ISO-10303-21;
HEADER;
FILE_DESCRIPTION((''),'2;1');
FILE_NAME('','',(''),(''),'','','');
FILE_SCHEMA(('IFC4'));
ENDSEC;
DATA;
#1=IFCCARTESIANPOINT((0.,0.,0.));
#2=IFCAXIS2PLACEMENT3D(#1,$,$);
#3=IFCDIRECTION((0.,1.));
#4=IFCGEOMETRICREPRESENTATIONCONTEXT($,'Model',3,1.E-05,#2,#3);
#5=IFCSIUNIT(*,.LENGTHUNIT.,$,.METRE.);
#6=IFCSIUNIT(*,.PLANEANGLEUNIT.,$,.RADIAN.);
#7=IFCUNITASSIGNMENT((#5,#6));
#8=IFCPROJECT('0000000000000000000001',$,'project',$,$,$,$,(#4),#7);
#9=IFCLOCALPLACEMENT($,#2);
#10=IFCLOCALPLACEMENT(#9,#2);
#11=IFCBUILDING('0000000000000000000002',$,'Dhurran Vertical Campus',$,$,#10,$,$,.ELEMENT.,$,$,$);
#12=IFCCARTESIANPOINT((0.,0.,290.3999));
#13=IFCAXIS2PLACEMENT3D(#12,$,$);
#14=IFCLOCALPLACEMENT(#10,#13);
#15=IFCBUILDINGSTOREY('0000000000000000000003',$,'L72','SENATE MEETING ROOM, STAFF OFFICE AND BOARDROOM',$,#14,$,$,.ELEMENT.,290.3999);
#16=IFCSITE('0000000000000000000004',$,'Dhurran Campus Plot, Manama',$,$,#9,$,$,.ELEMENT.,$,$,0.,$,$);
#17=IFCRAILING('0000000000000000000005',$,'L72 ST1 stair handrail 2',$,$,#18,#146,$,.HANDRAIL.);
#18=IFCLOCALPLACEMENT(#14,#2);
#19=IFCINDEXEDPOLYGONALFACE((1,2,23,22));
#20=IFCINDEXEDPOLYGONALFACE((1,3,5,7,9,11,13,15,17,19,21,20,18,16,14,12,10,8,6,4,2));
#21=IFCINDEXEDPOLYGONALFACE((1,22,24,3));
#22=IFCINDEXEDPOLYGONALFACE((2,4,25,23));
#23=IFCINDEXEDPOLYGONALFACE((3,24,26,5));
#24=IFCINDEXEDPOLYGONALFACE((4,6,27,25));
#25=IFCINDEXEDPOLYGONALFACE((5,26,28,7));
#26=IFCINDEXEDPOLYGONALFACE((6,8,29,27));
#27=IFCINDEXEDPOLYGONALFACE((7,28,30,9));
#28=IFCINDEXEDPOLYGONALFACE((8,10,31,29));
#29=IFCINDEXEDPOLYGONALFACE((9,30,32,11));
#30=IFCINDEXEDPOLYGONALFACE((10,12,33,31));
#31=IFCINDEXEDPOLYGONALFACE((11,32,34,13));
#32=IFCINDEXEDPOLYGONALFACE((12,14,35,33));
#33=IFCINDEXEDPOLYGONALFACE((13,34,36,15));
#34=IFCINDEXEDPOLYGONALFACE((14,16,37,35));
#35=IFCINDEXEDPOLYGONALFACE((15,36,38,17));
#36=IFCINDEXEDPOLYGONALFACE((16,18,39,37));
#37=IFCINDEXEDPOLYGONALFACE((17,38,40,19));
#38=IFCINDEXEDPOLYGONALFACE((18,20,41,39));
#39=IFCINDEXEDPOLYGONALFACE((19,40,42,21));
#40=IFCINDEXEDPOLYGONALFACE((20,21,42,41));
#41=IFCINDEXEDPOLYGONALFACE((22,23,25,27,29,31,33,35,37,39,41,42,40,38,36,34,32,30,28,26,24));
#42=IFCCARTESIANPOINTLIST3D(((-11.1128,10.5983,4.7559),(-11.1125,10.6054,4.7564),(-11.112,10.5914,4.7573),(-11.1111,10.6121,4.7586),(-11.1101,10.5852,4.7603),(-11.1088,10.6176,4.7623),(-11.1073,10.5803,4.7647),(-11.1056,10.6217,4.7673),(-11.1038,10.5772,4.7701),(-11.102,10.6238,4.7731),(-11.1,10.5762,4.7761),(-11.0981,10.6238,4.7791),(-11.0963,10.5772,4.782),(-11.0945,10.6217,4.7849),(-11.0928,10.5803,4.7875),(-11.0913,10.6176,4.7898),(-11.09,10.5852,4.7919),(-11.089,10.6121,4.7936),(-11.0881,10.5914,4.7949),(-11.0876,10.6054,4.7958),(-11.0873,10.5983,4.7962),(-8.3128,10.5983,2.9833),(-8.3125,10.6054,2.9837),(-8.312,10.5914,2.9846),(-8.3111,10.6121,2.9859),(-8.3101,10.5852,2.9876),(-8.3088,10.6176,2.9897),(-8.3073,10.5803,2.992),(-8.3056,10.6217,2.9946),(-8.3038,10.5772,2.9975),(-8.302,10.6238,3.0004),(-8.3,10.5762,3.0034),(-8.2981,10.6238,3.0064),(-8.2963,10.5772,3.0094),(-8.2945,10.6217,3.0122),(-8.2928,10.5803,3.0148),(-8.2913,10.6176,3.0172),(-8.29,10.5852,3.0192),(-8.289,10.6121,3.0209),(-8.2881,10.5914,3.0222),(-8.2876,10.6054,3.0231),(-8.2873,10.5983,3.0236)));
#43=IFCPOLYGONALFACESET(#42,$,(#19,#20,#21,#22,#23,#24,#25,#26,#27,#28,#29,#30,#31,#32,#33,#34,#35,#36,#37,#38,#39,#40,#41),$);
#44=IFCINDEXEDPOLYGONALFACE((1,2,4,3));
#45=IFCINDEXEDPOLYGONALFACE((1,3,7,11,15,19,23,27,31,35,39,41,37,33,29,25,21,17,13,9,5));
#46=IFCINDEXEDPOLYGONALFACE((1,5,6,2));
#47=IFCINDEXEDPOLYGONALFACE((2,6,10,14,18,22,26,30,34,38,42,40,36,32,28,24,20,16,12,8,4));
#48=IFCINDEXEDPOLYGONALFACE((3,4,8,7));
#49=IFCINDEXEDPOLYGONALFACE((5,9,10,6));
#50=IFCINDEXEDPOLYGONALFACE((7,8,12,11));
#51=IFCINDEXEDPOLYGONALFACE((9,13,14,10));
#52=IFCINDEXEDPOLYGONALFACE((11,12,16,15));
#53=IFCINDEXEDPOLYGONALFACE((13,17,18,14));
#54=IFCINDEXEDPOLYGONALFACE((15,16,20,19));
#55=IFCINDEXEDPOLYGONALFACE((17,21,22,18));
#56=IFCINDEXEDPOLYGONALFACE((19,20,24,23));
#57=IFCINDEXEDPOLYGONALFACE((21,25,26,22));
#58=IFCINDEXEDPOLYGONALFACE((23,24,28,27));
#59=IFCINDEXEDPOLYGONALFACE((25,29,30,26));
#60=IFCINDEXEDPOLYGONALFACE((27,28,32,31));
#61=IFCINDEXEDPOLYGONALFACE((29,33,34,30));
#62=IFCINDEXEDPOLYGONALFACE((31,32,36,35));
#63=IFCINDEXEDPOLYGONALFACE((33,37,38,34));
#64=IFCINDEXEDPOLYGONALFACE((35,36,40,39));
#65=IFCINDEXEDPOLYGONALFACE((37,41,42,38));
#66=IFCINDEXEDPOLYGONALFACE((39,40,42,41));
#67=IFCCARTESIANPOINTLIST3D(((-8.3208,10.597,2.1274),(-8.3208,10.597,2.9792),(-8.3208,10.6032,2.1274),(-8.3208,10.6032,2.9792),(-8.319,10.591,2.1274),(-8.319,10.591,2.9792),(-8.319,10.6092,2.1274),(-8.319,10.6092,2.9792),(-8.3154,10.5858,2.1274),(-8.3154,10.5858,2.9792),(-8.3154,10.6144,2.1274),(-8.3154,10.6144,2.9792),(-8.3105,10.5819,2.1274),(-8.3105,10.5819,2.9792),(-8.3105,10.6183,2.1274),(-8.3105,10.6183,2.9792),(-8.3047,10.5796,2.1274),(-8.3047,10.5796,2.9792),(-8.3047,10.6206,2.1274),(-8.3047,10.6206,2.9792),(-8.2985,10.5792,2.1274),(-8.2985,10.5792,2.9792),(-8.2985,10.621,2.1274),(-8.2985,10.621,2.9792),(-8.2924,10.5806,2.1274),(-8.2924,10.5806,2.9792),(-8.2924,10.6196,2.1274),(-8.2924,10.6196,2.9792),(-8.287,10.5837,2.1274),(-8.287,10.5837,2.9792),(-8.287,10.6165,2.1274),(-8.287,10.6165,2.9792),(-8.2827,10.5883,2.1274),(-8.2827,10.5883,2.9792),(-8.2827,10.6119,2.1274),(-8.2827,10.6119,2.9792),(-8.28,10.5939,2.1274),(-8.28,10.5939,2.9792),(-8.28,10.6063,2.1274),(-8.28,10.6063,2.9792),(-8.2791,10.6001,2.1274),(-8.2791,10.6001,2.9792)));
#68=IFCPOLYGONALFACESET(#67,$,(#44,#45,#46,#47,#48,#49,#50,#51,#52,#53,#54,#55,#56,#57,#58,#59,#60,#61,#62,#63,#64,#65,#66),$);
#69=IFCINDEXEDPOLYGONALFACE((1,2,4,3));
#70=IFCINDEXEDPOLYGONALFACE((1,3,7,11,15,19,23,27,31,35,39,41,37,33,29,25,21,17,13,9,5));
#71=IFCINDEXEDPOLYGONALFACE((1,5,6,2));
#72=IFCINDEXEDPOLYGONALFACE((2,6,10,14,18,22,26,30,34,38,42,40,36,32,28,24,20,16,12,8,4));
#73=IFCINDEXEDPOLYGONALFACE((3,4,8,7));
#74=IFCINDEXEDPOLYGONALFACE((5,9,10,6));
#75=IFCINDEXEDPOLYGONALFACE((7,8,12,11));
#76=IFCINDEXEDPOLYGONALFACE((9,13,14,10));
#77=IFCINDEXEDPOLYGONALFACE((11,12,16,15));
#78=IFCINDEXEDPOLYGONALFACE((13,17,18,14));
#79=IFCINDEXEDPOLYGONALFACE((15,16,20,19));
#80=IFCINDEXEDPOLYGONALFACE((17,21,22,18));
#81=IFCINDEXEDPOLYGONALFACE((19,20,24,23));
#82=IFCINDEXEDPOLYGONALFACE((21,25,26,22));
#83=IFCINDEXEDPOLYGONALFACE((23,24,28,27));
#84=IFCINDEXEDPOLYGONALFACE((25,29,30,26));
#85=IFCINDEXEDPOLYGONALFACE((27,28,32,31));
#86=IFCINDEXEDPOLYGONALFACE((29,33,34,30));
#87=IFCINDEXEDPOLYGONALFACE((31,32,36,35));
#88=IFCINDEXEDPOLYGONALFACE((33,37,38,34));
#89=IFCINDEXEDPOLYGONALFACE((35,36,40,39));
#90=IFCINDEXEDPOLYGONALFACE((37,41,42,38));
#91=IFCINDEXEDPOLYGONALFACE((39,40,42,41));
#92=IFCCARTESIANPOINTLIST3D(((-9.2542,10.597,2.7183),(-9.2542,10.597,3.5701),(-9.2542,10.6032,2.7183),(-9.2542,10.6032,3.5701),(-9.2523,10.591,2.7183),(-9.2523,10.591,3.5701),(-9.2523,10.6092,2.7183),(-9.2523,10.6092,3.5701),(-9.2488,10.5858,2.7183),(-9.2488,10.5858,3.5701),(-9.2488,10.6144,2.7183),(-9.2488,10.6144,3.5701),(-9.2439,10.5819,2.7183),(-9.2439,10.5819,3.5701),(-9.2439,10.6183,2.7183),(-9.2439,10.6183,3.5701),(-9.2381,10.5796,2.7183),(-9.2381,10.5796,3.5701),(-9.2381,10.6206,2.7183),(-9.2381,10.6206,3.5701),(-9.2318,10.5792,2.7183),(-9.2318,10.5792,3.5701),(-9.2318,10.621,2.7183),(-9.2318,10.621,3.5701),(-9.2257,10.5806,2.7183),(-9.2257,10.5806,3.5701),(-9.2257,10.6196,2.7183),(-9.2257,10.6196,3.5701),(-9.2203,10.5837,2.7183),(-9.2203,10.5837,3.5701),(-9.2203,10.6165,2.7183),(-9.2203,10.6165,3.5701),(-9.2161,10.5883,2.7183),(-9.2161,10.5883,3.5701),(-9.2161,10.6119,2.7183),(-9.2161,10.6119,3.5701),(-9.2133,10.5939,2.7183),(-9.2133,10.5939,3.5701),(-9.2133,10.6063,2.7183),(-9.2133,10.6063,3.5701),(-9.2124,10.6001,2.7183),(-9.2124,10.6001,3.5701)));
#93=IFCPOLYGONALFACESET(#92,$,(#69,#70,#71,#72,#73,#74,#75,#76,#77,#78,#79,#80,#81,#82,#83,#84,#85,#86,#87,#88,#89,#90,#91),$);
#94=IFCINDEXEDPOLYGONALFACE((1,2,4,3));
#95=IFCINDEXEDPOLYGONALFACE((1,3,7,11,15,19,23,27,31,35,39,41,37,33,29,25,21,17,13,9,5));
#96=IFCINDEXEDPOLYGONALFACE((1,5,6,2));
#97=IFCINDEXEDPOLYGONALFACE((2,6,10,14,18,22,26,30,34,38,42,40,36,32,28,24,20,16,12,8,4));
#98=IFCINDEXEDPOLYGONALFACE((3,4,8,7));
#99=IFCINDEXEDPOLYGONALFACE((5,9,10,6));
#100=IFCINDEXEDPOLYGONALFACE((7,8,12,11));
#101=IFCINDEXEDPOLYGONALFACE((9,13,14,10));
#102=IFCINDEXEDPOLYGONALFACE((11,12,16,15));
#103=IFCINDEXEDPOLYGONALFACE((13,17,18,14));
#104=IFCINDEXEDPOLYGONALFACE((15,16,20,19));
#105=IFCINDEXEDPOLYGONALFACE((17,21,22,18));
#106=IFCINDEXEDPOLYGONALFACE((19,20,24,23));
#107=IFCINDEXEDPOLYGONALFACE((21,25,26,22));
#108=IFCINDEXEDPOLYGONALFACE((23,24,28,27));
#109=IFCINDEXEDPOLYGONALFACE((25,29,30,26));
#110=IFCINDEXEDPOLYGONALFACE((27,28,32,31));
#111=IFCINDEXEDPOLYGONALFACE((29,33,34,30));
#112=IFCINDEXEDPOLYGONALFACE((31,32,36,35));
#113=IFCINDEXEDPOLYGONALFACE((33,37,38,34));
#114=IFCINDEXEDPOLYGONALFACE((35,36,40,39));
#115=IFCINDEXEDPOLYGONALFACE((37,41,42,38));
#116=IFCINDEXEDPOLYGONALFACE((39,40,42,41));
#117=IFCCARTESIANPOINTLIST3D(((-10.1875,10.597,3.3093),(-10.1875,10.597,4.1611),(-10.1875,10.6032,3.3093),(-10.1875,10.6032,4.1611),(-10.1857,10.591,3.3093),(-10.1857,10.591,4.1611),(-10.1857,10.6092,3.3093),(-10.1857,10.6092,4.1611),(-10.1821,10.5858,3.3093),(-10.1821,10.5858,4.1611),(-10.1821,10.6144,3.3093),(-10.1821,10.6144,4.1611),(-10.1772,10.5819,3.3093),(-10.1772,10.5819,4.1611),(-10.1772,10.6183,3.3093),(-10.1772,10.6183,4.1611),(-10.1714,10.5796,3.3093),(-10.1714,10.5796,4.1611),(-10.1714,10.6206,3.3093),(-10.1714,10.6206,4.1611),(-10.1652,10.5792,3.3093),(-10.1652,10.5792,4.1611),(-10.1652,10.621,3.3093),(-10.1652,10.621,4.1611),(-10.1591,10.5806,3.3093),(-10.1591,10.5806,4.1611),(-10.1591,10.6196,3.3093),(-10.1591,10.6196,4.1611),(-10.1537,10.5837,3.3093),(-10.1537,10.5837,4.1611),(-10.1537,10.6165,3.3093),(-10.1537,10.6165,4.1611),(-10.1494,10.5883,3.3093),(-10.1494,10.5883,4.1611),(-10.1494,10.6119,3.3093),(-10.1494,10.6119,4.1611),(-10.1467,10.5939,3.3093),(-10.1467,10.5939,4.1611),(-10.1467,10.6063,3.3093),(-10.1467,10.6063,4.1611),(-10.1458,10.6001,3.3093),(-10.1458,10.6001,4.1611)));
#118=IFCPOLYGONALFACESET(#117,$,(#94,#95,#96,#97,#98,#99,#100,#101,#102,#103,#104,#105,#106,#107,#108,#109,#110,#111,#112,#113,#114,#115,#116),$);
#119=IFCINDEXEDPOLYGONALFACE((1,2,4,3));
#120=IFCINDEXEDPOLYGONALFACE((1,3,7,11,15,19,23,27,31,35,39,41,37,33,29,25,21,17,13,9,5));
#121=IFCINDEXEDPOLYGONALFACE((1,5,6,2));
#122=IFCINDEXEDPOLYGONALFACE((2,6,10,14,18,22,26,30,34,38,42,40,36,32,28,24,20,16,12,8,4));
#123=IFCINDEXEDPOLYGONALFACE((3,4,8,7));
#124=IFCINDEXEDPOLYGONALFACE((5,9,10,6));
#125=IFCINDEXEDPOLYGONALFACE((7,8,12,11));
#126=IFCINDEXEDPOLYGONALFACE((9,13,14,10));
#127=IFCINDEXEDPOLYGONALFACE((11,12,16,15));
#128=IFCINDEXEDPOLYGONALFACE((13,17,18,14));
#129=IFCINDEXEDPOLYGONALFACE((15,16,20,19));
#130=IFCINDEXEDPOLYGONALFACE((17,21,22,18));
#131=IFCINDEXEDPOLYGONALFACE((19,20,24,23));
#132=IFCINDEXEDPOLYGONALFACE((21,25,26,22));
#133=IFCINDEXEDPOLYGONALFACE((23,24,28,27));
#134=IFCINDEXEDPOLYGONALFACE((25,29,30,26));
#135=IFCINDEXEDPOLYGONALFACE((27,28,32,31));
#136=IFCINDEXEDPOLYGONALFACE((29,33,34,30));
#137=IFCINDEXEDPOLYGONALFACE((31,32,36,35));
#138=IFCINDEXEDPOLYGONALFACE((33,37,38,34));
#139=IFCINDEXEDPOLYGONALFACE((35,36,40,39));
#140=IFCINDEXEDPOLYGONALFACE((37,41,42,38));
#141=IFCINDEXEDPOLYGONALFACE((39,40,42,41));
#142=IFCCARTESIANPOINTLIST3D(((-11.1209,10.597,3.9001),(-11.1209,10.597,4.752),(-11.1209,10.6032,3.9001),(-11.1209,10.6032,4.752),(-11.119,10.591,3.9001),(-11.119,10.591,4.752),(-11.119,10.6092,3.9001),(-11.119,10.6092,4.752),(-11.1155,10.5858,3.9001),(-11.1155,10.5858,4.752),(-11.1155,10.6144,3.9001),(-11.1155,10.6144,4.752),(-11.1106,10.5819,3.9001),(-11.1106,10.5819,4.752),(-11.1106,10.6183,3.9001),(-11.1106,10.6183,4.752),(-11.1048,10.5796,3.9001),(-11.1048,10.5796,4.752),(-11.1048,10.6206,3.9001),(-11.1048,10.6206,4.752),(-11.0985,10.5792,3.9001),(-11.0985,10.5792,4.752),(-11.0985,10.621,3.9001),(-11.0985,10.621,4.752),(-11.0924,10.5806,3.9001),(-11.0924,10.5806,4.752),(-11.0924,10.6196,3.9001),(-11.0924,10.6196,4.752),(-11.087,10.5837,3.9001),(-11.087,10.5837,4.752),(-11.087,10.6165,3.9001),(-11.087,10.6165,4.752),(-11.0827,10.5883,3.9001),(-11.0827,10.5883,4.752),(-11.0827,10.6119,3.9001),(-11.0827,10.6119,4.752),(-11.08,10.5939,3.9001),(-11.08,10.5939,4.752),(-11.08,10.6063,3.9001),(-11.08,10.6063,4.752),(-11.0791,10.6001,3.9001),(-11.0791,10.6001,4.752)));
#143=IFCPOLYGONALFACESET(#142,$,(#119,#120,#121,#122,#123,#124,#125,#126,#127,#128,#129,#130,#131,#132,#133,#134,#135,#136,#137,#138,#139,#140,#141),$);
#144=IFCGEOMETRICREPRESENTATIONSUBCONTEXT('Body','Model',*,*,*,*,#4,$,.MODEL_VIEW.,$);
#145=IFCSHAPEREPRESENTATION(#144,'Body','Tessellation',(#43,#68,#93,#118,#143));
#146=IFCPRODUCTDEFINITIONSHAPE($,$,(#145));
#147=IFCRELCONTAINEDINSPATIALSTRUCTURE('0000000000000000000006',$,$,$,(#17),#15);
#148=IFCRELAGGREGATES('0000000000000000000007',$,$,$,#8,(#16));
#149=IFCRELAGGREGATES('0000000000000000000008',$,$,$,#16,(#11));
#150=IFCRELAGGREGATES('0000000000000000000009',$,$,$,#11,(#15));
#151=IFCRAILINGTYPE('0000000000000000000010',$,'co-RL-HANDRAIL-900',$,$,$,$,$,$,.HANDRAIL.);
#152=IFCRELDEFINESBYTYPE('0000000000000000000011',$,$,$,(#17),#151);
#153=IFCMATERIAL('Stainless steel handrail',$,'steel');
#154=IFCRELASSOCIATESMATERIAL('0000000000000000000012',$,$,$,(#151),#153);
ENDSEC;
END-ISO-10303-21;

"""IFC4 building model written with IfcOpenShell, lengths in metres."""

from ifc_helpers import new_model, si_unit, direction, frame, origin, origin_2d, place, context, subcontext, project, spatial, circle, extrude, material, type_object, element, save


model = new_model("IFC4")

# Units and contexts
model_context = context("Model", 3, precision=1e-05, world=origin(), true_north=direction((0.0, 1.0)))
body_context = subcontext(model_context, "Body", "Model", "MODEL_VIEW")
ifc_project = project(units=[si_unit("LENGTHUNIT", "METRE"), si_unit("PLANEANGLEUNIT", "RADIAN")], contexts=[model_context])

# Site, building, storey
site_placement = place(None, origin())
site = spatial("IfcSite", under=ifc_project, at=site_placement, Name="Dhurran Campus Plot, Manama", CompositionType="ELEMENT", RefElevation=0.0)
building_placement = place(site_placement, origin())
building = spatial("IfcBuilding", under=site, at=building_placement, Name="Dhurran Vertical Campus", CompositionType="ELEMENT")
storey_placement = place(building_placement, frame((0.0, 0.0, 290.3999)))
storey = spatial("IfcBuildingStorey", under=building, at=storey_placement, Name="L72", Description="SENATE MEETING ROOM, STAFF OFFICE AND BOARDROOM", CompositionType="ELEMENT", Elevation=290.3999)

# Railing
ifc_material_1 = material(Name="Stainless steel handrail", Category="steel")
railing_type_1 = type_object("IfcRailingType", Name="co-RL-HANDRAIL-900", PredefinedType="HANDRAIL", material=ifc_material_1)
railing_1_placement = place(storey_placement, frame((-8.3, 10.6001, 2.1274)))
element("IfcRailing", 1, at=railing_1_placement, inside=storey, type_object=railing_type_1, Name="L72 ST1 stair handrail 2", PredefinedType="HANDRAIL", context=body_context, shape_type="SweptSolid", body=[
    extrude(circle(Radius=0.0239, at=origin_2d()), frame((0.0, 0.0, 0.876), z_axis=(-0.844909, 0.0, 0.53491), x_axis=(0.0, -1.0, 0.0)), (0.0, 0.0, 1.0), 3.314),
    extrude(circle(Radius=0.021, at=origin_2d()), origin(), (0.0, 0.0, 1.0), 0.8518),
    extrude(circle(Radius=0.021, at=origin_2d()), frame((-0.9333, 0.0, 0.5908)), (0.0, 0.0, 1.0), 0.8518),
    extrude(circle(Radius=0.021, at=origin_2d()), frame((-1.8667, 0.0, 1.1819)), (0.0, 0.0, 1.0), 0.8518),
    extrude(circle(Radius=0.021, at=origin_2d()), frame((-2.8, 0.0, 1.7727)), (0.0, 0.0, 1.0), 0.8518),
])

save(model, "model.ifc")
